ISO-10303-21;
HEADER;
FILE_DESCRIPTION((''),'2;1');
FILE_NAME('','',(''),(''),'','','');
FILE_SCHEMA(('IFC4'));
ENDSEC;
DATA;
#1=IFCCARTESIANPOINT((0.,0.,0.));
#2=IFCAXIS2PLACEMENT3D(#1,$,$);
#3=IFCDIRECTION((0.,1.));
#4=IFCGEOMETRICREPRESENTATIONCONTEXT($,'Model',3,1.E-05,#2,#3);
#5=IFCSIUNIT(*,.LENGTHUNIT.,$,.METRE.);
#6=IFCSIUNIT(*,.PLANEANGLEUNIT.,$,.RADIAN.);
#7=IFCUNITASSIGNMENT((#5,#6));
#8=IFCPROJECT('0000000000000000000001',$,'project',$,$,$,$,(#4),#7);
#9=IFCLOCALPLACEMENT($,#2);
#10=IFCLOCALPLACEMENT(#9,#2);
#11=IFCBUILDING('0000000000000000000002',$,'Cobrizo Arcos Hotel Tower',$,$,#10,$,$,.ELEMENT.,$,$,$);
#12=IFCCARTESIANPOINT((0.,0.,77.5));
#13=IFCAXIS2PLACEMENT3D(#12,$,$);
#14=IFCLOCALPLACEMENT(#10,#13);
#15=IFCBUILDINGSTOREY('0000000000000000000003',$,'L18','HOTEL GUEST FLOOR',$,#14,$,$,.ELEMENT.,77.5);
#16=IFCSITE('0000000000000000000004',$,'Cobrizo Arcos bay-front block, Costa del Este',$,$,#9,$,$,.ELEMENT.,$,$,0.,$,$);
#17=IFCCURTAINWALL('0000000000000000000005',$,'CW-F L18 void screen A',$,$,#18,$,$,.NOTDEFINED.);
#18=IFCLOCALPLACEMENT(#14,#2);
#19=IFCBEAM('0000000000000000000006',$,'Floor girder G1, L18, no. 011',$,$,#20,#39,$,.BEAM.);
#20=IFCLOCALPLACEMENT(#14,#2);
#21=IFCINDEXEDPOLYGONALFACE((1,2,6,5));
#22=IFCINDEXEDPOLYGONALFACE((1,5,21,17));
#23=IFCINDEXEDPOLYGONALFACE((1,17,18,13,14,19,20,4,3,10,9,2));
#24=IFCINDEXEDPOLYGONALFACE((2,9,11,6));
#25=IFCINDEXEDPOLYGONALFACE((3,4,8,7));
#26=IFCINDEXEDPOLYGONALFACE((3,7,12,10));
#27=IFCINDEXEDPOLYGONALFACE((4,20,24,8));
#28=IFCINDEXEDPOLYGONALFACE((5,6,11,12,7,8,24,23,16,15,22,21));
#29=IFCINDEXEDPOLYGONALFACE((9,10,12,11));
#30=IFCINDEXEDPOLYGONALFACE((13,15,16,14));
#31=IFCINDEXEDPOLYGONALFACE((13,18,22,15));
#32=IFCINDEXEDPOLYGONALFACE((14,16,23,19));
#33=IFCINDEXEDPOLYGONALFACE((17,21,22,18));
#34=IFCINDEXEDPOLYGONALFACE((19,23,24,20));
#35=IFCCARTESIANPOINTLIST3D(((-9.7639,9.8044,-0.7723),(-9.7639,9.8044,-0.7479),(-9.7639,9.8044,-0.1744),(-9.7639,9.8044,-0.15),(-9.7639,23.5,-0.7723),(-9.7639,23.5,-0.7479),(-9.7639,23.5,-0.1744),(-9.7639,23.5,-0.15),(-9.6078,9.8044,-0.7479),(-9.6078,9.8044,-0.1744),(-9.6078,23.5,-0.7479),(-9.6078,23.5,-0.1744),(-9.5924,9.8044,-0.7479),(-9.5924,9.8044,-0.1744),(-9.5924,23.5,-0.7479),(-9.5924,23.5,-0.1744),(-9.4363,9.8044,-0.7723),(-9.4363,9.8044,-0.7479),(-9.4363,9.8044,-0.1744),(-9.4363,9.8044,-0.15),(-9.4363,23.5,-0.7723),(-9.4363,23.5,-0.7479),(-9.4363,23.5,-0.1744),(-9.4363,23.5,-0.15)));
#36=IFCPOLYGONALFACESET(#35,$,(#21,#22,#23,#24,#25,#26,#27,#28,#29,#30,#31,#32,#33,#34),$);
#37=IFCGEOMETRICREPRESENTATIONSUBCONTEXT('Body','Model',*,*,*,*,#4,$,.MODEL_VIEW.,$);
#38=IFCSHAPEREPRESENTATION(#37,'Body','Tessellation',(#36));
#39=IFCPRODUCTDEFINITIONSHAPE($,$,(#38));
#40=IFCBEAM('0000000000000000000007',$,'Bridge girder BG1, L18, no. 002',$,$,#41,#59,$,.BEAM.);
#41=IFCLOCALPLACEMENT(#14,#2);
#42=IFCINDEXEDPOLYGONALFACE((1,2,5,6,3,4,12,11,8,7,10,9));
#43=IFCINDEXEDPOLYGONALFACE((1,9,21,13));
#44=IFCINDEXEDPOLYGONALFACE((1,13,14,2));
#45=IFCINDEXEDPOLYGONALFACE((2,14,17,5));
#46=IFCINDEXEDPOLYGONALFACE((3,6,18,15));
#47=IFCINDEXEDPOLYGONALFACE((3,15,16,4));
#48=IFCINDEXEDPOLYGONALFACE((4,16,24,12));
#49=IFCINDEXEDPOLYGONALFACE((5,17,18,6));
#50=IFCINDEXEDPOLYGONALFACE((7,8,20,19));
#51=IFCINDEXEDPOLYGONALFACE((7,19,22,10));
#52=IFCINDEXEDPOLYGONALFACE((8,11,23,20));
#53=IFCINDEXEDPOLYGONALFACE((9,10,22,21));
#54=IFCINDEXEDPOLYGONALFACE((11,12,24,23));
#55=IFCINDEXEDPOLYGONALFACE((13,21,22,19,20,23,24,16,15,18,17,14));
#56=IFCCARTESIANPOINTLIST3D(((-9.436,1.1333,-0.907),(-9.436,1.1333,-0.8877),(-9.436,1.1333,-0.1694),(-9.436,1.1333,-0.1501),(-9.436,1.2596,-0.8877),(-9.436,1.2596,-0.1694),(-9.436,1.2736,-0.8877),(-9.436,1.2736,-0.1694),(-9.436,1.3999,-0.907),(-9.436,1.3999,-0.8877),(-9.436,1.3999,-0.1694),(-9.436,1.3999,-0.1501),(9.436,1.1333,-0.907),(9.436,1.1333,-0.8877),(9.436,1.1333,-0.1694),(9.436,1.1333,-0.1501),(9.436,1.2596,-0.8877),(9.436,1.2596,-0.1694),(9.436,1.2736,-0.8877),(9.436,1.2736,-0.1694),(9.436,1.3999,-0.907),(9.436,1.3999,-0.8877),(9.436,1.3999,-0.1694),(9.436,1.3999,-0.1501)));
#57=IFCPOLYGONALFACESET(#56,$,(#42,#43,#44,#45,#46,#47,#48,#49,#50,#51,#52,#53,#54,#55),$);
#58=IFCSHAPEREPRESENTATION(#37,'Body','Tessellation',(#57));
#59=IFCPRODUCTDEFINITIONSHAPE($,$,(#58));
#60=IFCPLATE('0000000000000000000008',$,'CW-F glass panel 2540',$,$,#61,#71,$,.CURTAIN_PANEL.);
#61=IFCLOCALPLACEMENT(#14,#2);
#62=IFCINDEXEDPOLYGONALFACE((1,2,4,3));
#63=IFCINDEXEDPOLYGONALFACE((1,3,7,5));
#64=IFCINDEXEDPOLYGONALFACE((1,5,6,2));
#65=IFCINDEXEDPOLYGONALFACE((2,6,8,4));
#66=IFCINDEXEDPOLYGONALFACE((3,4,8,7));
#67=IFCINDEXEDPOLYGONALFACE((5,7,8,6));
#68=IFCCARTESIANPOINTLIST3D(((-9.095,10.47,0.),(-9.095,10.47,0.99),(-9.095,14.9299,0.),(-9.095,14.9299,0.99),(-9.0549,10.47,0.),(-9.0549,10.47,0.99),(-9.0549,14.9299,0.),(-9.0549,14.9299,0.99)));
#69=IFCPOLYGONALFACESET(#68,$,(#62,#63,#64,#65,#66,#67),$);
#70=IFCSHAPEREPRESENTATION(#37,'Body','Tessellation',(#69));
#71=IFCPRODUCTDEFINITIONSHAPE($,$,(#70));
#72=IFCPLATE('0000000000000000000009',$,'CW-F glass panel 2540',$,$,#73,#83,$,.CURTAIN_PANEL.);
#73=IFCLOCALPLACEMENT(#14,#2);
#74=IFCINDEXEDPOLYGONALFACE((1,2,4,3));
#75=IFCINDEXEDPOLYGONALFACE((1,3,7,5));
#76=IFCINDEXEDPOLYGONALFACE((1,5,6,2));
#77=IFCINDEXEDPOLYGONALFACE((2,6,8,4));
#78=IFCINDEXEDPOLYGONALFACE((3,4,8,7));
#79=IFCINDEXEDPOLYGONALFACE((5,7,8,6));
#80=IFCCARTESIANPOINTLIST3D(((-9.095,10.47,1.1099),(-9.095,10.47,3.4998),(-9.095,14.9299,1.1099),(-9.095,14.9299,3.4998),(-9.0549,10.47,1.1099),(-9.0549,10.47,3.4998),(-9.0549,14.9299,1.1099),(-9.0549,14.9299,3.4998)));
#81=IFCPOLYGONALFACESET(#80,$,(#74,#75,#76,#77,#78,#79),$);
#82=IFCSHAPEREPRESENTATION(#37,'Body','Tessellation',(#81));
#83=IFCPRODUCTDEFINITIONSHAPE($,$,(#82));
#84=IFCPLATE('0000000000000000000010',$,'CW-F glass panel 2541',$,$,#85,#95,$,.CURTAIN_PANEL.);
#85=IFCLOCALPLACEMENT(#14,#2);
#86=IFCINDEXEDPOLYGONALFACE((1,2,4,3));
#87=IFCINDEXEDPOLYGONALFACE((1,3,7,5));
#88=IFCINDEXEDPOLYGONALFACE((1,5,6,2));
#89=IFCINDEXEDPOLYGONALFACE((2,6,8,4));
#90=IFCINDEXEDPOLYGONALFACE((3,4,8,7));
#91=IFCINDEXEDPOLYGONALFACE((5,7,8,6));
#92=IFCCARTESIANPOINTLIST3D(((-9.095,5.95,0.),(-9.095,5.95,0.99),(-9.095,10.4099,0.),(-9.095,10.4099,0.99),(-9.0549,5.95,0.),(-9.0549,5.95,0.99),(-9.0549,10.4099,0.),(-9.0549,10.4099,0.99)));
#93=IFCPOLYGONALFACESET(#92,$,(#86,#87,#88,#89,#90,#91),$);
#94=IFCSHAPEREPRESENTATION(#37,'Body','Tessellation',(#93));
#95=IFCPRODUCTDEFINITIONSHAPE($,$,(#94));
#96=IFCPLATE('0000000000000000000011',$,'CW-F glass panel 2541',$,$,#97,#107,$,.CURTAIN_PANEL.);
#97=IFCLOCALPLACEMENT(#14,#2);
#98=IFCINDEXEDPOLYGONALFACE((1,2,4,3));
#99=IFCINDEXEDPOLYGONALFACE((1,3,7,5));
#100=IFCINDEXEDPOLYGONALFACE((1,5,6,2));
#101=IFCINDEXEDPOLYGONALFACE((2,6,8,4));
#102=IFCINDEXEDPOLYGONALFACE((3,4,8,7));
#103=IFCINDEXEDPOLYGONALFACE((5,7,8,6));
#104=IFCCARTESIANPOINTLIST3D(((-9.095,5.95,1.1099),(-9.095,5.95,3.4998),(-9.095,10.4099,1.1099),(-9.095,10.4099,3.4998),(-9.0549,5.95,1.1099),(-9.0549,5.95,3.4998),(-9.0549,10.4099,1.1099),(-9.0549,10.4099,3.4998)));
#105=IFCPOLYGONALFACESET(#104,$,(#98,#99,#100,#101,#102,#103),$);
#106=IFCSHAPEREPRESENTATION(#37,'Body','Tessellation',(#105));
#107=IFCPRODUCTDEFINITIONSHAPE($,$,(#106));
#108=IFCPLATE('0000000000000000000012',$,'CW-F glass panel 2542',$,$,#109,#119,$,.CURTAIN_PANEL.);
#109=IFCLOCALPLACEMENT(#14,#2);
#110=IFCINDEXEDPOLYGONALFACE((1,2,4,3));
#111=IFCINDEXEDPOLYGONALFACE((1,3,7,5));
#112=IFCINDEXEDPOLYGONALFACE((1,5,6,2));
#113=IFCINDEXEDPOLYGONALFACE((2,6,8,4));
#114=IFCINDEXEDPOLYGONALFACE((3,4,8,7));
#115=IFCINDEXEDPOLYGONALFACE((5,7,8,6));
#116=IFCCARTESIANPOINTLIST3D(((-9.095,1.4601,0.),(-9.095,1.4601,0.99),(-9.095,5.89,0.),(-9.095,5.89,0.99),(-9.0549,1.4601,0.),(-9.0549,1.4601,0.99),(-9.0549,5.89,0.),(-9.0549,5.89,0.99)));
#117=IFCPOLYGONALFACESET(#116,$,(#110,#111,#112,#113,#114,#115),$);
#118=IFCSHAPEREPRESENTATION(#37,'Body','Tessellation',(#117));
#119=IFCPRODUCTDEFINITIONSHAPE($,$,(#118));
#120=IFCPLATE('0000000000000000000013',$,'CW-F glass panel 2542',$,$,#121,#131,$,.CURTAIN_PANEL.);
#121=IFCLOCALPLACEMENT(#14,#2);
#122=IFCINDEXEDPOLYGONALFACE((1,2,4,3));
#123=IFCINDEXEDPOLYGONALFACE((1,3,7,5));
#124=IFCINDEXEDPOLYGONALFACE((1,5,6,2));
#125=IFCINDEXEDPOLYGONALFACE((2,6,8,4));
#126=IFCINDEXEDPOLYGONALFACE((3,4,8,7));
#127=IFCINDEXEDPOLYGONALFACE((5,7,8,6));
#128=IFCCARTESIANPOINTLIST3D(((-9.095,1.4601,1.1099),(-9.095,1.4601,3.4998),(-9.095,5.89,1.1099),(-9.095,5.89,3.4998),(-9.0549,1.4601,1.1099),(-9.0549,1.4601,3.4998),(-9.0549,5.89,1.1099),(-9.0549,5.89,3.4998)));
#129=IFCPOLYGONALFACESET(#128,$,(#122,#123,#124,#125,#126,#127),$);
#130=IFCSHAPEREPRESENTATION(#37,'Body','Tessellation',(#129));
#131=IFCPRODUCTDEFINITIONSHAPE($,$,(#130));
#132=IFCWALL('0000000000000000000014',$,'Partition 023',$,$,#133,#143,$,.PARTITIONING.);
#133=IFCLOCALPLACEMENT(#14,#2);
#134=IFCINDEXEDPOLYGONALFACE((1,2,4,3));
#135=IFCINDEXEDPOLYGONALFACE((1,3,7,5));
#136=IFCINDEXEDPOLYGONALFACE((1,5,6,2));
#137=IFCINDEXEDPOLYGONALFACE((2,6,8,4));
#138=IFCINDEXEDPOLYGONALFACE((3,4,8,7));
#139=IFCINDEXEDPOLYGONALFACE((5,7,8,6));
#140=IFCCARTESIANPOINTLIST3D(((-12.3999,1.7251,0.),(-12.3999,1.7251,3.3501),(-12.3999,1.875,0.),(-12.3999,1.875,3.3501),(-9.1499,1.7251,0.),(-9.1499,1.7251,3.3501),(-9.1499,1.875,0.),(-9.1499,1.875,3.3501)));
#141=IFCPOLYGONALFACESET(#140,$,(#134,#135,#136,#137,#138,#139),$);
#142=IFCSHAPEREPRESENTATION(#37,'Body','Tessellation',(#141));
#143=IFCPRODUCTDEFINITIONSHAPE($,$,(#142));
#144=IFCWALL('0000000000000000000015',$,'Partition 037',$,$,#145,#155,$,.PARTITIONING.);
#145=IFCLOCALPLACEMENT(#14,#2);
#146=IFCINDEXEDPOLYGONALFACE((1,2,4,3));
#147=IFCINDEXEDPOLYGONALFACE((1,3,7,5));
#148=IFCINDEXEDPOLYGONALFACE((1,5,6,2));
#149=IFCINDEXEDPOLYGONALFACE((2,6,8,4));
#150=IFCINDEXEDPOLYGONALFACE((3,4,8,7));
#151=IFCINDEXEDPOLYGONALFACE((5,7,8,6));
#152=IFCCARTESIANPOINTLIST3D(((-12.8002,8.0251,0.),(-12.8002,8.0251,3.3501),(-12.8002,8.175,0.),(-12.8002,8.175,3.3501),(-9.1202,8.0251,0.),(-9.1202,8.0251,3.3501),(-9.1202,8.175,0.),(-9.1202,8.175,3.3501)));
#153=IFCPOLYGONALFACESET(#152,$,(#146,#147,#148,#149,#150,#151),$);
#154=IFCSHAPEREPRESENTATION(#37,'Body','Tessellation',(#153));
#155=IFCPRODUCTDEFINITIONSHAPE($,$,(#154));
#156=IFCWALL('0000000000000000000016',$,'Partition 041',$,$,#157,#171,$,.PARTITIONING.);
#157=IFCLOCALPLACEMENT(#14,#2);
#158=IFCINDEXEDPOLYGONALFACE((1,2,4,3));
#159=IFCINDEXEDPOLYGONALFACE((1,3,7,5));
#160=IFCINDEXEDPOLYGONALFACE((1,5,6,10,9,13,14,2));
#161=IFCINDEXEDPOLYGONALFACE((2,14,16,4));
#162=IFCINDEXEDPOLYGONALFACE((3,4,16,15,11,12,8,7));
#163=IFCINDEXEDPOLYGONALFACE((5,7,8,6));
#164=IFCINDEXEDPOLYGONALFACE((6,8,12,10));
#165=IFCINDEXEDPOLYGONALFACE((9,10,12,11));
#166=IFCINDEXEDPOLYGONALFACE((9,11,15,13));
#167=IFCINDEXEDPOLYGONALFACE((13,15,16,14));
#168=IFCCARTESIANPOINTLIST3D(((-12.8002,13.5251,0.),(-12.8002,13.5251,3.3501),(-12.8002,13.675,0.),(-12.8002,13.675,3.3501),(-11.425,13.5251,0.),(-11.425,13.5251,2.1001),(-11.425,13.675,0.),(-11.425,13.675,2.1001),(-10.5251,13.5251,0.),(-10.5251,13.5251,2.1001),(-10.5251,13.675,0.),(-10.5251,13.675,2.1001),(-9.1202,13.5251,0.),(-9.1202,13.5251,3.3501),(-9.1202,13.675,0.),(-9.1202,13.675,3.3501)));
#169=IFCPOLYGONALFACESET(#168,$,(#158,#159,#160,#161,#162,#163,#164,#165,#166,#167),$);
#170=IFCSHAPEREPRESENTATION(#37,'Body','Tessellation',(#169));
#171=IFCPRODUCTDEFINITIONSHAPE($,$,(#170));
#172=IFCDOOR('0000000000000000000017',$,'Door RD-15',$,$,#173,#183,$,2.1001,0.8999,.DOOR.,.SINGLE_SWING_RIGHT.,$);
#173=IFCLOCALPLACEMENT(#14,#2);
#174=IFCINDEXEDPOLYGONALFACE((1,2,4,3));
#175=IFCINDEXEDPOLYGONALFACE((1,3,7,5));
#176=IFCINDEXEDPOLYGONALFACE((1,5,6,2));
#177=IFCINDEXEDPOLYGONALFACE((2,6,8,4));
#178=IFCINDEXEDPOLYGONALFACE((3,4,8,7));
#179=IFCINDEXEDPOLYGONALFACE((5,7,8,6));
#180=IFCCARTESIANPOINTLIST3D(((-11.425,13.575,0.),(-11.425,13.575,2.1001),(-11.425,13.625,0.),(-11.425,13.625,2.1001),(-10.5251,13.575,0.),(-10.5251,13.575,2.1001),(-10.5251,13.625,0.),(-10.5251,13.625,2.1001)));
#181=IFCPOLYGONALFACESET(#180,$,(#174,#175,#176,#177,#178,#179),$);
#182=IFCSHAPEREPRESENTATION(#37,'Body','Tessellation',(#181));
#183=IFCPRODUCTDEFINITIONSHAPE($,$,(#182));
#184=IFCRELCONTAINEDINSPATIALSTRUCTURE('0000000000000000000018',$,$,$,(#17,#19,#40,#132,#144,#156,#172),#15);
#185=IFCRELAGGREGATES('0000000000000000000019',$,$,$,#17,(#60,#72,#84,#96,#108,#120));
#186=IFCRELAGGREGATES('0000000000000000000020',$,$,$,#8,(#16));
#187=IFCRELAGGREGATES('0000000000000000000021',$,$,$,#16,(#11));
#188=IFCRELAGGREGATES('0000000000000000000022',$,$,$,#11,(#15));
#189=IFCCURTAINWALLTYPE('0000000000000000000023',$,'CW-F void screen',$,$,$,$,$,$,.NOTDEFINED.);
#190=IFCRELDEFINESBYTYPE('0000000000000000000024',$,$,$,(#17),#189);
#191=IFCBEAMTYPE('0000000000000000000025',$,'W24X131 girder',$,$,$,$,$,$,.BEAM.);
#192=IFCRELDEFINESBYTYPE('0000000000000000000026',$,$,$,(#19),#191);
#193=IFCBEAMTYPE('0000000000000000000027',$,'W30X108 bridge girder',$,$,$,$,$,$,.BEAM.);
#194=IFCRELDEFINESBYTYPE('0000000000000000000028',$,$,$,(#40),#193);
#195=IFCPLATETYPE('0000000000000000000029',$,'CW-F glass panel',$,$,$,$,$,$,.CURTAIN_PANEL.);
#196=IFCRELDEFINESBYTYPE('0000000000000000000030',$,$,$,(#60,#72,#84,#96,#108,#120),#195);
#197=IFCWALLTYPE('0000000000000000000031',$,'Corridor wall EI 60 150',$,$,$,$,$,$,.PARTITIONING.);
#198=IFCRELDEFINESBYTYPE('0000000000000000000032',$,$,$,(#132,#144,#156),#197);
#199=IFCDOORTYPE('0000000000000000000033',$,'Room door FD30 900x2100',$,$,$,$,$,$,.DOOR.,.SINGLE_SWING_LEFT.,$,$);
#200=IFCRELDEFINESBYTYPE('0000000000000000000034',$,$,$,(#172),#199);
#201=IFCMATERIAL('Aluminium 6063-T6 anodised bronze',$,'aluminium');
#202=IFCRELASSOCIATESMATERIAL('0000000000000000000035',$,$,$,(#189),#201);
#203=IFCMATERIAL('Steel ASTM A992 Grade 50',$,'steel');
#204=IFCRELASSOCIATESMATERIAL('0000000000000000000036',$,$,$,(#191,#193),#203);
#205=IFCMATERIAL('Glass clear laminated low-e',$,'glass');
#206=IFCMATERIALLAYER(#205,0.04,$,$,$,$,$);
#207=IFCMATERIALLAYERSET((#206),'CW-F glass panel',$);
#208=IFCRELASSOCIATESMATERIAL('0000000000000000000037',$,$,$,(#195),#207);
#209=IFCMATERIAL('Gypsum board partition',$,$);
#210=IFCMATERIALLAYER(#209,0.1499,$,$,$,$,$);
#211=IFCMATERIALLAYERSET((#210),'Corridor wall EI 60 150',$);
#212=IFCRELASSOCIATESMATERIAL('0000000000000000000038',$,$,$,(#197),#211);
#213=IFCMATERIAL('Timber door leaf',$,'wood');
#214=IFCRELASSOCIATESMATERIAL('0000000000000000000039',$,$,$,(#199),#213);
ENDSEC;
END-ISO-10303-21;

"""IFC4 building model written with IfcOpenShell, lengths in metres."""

from ifc_helpers import new_model, si_unit, direction, frame, frame_2d, origin, origin_2d, place, context, subcontext, project, spatial, rectangle, i_section, extrude, material, layer, layer_set, material_profile, profile_set, type_object, element, fill, aggregate, save


model = new_model("IFC4")

# Units and contexts
model_context = context("Model", 3, precision=1e-05, world=origin(), true_north=direction((0.0, 1.0)))
body_context = subcontext(model_context, "Body", "Model", "MODEL_VIEW")
ifc_project = project(units=[si_unit("LENGTHUNIT", "METRE"), si_unit("PLANEANGLEUNIT", "RADIAN")], contexts=[model_context])

# Site, building, storey
site_placement = place(None, origin())
site = spatial("IfcSite", under=ifc_project, at=site_placement, Name="Cobrizo Arcos bay-front block, Costa del Este", CompositionType="ELEMENT", RefElevation=0.0)
building_placement = place(site_placement, origin())
building = spatial("IfcBuilding", under=site, at=building_placement, Name="Cobrizo Arcos Hotel Tower", CompositionType="ELEMENT")
storey_placement = place(building_placement, frame((0.0, 0.0, 77.5)))
storey = spatial("IfcBuildingStorey", under=building, at=storey_placement, Name="L18", Description="HOTEL GUEST FLOOR", CompositionType="ELEMENT", Elevation=77.5)

# Shared definitions
ifc_material_1 = material(Name="Steel ASTM A992 Grade 50", Category="steel")

# Curtain wall
ifc_material_2 = material(Name="Aluminium 6063-T6 anodised bronze", Category="aluminium")
curtain_wall_type = type_object("IfcCurtainWallType", Name="CW-F void screen", PredefinedType="NOTDEFINED", material=ifc_material_2)
curtain_wall_placement = place(storey_placement, origin())
curtain_wall = element("IfcCurtainWall", 1, at=curtain_wall_placement, inside=storey, type_object=curtain_wall_type, Name="CW-F L18 void screen A", PredefinedType="NOTDEFINED")

# Beams
ifc_material_profile_1 = material_profile(ifc_material_1, i_section(OverallWidth=0.3276, OverallDepth=0.6223, WebThickness=0.0154, FlangeThickness=0.0244, at=origin_2d()), Name="W24X131")
ifc_profile_set_1 = profile_set([ifc_material_profile_1], Name="Steel ASTM A992 Grade 50")
beam_type_1 = type_object("IfcBeamType", Name="W24X131 girder", PredefinedType="BEAM", material=ifc_profile_set_1)
beam_1_placement = place(storey_placement, frame((-9.6001, 9.8044, -0.4612), z_axis=(0.0, 1.0, 0.0), x_axis=(-1.0, 0.0, 0.0)))
element("IfcBeam", 2, at=beam_1_placement, inside=storey, type_object=beam_type_1, Name="Floor girder G1, L18, no. 011", PredefinedType="BEAM", context=body_context, shape_type="SweptSolid", body=[
    extrude(i_section(OverallWidth=0.3276, OverallDepth=0.6223, WebThickness=0.0154, FlangeThickness=0.0244, at=origin_2d()), origin(), (0.0, 0.0, 1.0), 13.6956),
])
ifc_material_profile_2 = material_profile(ifc_material_1, i_section(OverallWidth=0.2666, OverallDepth=0.7568, WebThickness=0.0139, FlangeThickness=0.0193, at=origin_2d()), Name="W30X108")
ifc_profile_set_2 = profile_set([ifc_material_profile_2], Name="Steel ASTM A992 Grade 50")
beam_type_2 = type_object("IfcBeamType", Name="W30X108 bridge girder", PredefinedType="BEAM", material=ifc_profile_set_2)
beam_2_placement = place(storey_placement, frame((-9.436, 1.2666, -0.5286), z_axis=(1.0, 0.0, 0.0), x_axis=(0.0, 1.0, 0.0)))
element("IfcBeam", 3, at=beam_2_placement, inside=storey, type_object=beam_type_2, Name="Bridge girder BG1, L18, no. 002", PredefinedType="BEAM", context=body_context, shape_type="SweptSolid", body=[
    extrude(i_section(OverallWidth=0.2666, OverallDepth=0.7568, WebThickness=0.0139, FlangeThickness=0.0193, at=origin_2d()), origin(), (0.0, 0.0, 1.0), 18.8721),
])

# Plates
ifc_material_3 = material(Name="Glass clear laminated low-e", Category="glass")
ifc_layer_1 = layer(ifc_material_3, 0.04)
ifc_layer_set_1 = layer_set([ifc_layer_1], Name="CW-F glass panel")
plate_type = type_object("IfcPlateType", Name="CW-F glass panel", PredefinedType="CURTAIN_PANEL", material=ifc_layer_set_1)
plate_1_placement = place(storey_placement, frame((-9.075, 12.7, 0.0), z_axis=(0.0, 0.0, 1.0), x_axis=(0.0, -1.0, 0.0)))
plate_1 = element("IfcPlate", 4, at=plate_1_placement, type_object=plate_type, Name="CW-F glass panel 2540", PredefinedType="CURTAIN_PANEL", context=body_context, shape_type="SweptSolid", body=[
    extrude(rectangle(XDim=4.46, YDim=0.04, at=origin_2d()), origin(), (0.0, 0.0, 1.0), 0.99),
])
plate_2_placement = place(storey_placement, frame((-9.075, 12.7, 1.1099), z_axis=(0.0, 0.0, 1.0), x_axis=(0.0, -1.0, 0.0)))
plate_2 = element("IfcPlate", 5, at=plate_2_placement, type_object=plate_type, Name="CW-F glass panel 2540", PredefinedType="CURTAIN_PANEL", context=body_context, shape_type="SweptSolid", body=[
    extrude(rectangle(XDim=4.46, YDim=0.04, at=origin_2d()), origin(), (0.0, 0.0, 1.0), 2.3899),
])
plate_3_placement = place(storey_placement, frame((-9.075, 8.1799, 0.0), z_axis=(0.0, 0.0, 1.0), x_axis=(0.0, -1.0, 0.0)))
plate_3 = element("IfcPlate", 6, at=plate_3_placement, type_object=plate_type, Name="CW-F glass panel 2541", PredefinedType="CURTAIN_PANEL", context=body_context, shape_type="SweptSolid", body=[
    extrude(rectangle(XDim=4.46, YDim=0.04, at=origin_2d()), origin(), (0.0, 0.0, 1.0), 0.99),
])
plate_4_placement = place(storey_placement, frame((-9.075, 8.1799, 1.1099), z_axis=(0.0, 0.0, 1.0), x_axis=(0.0, -1.0, 0.0)))
plate_4 = element("IfcPlate", 7, at=plate_4_placement, type_object=plate_type, Name="CW-F glass panel 2541", PredefinedType="CURTAIN_PANEL", context=body_context, shape_type="SweptSolid", body=[
    extrude(rectangle(XDim=4.46, YDim=0.04, at=origin_2d()), origin(), (0.0, 0.0, 1.0), 2.3899),
])
plate_5_placement = place(storey_placement, frame((-9.075, 3.675, 0.0), z_axis=(0.0, 0.0, 1.0), x_axis=(0.0, -1.0, 0.0)))
plate_5 = element("IfcPlate", 8, at=plate_5_placement, type_object=plate_type, Name="CW-F glass panel 2542", PredefinedType="CURTAIN_PANEL", context=body_context, shape_type="SweptSolid", body=[
    extrude(rectangle(XDim=4.4299, YDim=0.04, at=origin_2d()), origin(), (0.0, 0.0, 1.0), 0.99),
])
plate_6_placement = place(storey_placement, frame((-9.075, 3.675, 1.1099), z_axis=(0.0, 0.0, 1.0), x_axis=(0.0, -1.0, 0.0)))
plate_6 = element("IfcPlate", 9, at=plate_6_placement, type_object=plate_type, Name="CW-F glass panel 2542", PredefinedType="CURTAIN_PANEL", context=body_context, shape_type="SweptSolid", body=[
    extrude(rectangle(XDim=4.4299, YDim=0.04, at=origin_2d()), origin(), (0.0, 0.0, 1.0), 2.3899),
])
aggregate(curtain_wall, [plate_1, plate_2, plate_3, plate_4, plate_5, plate_6])

# Walls
ifc_material_4 = material(Name="Gypsum board partition")
ifc_layer_2 = layer(ifc_material_4, 0.1499)
ifc_layer_set_2 = layer_set([ifc_layer_2], Name="Corridor wall EI 60 150")
wall_type_1 = type_object("IfcWallType", Name="Corridor wall EI 60 150", PredefinedType="PARTITIONING", material=ifc_layer_set_2)
wall_1_placement = place(storey_placement, frame((-12.3999, 1.8, 0.0), z_axis=(0.0, 0.0, 1.0), x_axis=(1.0, 0.0, 0.0)))
element("IfcWall", 10, at=wall_1_placement, inside=storey, type_object=wall_type_1, Name="Partition 023", PredefinedType="PARTITIONING", context=body_context, shape_type="SweptSolid", body=[
    extrude(rectangle(XDim=3.25, YDim=0.1499, at=frame_2d((1.625, 0.0))), origin(), (0.0, 0.0, 1.0), 3.3501),
])
wall_2_placement = place(storey_placement, frame((-12.8, 8.1001, 0.0), z_axis=(0.0, 0.0, 1.0), x_axis=(1.0, 0.0, 0.0)))
element("IfcWall", 11, at=wall_2_placement, inside=storey, type_object=wall_type_1, Name="Partition 037", PredefinedType="PARTITIONING", context=body_context, shape_type="SweptSolid", body=[
    extrude(rectangle(XDim=3.6799, YDim=0.1499, at=frame_2d((1.8398, 0.0))), origin(), (0.0, 0.0, 1.0), 3.3501),
])

# Wall, opening, door
wall_3_placement = place(storey_placement, frame((-12.8, 13.6001, 0.0), z_axis=(0.0, 0.0, 1.0), x_axis=(1.0, 0.0, 0.0)))
wall_3 = element("IfcWall", 12, at=wall_3_placement, inside=storey, type_object=wall_type_1, Name="Partition 041", PredefinedType="PARTITIONING", context=body_context, shape_type="SweptSolid", body=[
    extrude(rectangle(XDim=3.6799, YDim=0.1499, at=frame_2d((1.8398, 0.0))), origin(), (0.0, 0.0, 1.0), 3.3501),
])
opening_placement = place(wall_3_placement, frame((1.375, 0.0, 0.0)))
opening = element("IfcOpeningElement", 13, at=opening_placement, cuts=wall_3, PredefinedType="OPENING", context=body_context, shape_type="SweptSolid", body=[
    extrude(rectangle(XDim=0.8999, YDim=2.1001, at=frame_2d((0.45, 1.05))), frame((0.0, 0.0869, 0.0), z_axis=(0.0, -1.0, 0.0), x_axis=(1.0, 0.0, 0.0)), (0.0, 0.0, 1.0), 0.1738),
])
ifc_material_5 = material(Name="Timber door leaf", Category="wood")
door_type = type_object("IfcDoorType", Name="Room door FD30 900x2100", OperationType="SINGLE_SWING_LEFT", PredefinedType="DOOR", material=ifc_material_5)
door_placement = place(opening_placement, origin())
door = element("IfcDoor", 14, at=door_placement, inside=storey, type_object=door_type, Name="Door RD-15", OperationType="SINGLE_SWING_RIGHT", OverallHeight=2.1001, OverallWidth=0.8999, PredefinedType="DOOR", context=body_context, shape_type="SweptSolid", body=[
    extrude(rectangle(XDim=0.8999, YDim=2.1001, at=frame_2d((0.45, 1.05))), frame((0.0, 0.0249, 0.0), z_axis=(0.0, -1.0, 0.0), x_axis=(1.0, 0.0, 0.0)), (0.0, 0.0, 1.0), 0.05),
])
fill(opening, door)

save(model, "model.ifc")
